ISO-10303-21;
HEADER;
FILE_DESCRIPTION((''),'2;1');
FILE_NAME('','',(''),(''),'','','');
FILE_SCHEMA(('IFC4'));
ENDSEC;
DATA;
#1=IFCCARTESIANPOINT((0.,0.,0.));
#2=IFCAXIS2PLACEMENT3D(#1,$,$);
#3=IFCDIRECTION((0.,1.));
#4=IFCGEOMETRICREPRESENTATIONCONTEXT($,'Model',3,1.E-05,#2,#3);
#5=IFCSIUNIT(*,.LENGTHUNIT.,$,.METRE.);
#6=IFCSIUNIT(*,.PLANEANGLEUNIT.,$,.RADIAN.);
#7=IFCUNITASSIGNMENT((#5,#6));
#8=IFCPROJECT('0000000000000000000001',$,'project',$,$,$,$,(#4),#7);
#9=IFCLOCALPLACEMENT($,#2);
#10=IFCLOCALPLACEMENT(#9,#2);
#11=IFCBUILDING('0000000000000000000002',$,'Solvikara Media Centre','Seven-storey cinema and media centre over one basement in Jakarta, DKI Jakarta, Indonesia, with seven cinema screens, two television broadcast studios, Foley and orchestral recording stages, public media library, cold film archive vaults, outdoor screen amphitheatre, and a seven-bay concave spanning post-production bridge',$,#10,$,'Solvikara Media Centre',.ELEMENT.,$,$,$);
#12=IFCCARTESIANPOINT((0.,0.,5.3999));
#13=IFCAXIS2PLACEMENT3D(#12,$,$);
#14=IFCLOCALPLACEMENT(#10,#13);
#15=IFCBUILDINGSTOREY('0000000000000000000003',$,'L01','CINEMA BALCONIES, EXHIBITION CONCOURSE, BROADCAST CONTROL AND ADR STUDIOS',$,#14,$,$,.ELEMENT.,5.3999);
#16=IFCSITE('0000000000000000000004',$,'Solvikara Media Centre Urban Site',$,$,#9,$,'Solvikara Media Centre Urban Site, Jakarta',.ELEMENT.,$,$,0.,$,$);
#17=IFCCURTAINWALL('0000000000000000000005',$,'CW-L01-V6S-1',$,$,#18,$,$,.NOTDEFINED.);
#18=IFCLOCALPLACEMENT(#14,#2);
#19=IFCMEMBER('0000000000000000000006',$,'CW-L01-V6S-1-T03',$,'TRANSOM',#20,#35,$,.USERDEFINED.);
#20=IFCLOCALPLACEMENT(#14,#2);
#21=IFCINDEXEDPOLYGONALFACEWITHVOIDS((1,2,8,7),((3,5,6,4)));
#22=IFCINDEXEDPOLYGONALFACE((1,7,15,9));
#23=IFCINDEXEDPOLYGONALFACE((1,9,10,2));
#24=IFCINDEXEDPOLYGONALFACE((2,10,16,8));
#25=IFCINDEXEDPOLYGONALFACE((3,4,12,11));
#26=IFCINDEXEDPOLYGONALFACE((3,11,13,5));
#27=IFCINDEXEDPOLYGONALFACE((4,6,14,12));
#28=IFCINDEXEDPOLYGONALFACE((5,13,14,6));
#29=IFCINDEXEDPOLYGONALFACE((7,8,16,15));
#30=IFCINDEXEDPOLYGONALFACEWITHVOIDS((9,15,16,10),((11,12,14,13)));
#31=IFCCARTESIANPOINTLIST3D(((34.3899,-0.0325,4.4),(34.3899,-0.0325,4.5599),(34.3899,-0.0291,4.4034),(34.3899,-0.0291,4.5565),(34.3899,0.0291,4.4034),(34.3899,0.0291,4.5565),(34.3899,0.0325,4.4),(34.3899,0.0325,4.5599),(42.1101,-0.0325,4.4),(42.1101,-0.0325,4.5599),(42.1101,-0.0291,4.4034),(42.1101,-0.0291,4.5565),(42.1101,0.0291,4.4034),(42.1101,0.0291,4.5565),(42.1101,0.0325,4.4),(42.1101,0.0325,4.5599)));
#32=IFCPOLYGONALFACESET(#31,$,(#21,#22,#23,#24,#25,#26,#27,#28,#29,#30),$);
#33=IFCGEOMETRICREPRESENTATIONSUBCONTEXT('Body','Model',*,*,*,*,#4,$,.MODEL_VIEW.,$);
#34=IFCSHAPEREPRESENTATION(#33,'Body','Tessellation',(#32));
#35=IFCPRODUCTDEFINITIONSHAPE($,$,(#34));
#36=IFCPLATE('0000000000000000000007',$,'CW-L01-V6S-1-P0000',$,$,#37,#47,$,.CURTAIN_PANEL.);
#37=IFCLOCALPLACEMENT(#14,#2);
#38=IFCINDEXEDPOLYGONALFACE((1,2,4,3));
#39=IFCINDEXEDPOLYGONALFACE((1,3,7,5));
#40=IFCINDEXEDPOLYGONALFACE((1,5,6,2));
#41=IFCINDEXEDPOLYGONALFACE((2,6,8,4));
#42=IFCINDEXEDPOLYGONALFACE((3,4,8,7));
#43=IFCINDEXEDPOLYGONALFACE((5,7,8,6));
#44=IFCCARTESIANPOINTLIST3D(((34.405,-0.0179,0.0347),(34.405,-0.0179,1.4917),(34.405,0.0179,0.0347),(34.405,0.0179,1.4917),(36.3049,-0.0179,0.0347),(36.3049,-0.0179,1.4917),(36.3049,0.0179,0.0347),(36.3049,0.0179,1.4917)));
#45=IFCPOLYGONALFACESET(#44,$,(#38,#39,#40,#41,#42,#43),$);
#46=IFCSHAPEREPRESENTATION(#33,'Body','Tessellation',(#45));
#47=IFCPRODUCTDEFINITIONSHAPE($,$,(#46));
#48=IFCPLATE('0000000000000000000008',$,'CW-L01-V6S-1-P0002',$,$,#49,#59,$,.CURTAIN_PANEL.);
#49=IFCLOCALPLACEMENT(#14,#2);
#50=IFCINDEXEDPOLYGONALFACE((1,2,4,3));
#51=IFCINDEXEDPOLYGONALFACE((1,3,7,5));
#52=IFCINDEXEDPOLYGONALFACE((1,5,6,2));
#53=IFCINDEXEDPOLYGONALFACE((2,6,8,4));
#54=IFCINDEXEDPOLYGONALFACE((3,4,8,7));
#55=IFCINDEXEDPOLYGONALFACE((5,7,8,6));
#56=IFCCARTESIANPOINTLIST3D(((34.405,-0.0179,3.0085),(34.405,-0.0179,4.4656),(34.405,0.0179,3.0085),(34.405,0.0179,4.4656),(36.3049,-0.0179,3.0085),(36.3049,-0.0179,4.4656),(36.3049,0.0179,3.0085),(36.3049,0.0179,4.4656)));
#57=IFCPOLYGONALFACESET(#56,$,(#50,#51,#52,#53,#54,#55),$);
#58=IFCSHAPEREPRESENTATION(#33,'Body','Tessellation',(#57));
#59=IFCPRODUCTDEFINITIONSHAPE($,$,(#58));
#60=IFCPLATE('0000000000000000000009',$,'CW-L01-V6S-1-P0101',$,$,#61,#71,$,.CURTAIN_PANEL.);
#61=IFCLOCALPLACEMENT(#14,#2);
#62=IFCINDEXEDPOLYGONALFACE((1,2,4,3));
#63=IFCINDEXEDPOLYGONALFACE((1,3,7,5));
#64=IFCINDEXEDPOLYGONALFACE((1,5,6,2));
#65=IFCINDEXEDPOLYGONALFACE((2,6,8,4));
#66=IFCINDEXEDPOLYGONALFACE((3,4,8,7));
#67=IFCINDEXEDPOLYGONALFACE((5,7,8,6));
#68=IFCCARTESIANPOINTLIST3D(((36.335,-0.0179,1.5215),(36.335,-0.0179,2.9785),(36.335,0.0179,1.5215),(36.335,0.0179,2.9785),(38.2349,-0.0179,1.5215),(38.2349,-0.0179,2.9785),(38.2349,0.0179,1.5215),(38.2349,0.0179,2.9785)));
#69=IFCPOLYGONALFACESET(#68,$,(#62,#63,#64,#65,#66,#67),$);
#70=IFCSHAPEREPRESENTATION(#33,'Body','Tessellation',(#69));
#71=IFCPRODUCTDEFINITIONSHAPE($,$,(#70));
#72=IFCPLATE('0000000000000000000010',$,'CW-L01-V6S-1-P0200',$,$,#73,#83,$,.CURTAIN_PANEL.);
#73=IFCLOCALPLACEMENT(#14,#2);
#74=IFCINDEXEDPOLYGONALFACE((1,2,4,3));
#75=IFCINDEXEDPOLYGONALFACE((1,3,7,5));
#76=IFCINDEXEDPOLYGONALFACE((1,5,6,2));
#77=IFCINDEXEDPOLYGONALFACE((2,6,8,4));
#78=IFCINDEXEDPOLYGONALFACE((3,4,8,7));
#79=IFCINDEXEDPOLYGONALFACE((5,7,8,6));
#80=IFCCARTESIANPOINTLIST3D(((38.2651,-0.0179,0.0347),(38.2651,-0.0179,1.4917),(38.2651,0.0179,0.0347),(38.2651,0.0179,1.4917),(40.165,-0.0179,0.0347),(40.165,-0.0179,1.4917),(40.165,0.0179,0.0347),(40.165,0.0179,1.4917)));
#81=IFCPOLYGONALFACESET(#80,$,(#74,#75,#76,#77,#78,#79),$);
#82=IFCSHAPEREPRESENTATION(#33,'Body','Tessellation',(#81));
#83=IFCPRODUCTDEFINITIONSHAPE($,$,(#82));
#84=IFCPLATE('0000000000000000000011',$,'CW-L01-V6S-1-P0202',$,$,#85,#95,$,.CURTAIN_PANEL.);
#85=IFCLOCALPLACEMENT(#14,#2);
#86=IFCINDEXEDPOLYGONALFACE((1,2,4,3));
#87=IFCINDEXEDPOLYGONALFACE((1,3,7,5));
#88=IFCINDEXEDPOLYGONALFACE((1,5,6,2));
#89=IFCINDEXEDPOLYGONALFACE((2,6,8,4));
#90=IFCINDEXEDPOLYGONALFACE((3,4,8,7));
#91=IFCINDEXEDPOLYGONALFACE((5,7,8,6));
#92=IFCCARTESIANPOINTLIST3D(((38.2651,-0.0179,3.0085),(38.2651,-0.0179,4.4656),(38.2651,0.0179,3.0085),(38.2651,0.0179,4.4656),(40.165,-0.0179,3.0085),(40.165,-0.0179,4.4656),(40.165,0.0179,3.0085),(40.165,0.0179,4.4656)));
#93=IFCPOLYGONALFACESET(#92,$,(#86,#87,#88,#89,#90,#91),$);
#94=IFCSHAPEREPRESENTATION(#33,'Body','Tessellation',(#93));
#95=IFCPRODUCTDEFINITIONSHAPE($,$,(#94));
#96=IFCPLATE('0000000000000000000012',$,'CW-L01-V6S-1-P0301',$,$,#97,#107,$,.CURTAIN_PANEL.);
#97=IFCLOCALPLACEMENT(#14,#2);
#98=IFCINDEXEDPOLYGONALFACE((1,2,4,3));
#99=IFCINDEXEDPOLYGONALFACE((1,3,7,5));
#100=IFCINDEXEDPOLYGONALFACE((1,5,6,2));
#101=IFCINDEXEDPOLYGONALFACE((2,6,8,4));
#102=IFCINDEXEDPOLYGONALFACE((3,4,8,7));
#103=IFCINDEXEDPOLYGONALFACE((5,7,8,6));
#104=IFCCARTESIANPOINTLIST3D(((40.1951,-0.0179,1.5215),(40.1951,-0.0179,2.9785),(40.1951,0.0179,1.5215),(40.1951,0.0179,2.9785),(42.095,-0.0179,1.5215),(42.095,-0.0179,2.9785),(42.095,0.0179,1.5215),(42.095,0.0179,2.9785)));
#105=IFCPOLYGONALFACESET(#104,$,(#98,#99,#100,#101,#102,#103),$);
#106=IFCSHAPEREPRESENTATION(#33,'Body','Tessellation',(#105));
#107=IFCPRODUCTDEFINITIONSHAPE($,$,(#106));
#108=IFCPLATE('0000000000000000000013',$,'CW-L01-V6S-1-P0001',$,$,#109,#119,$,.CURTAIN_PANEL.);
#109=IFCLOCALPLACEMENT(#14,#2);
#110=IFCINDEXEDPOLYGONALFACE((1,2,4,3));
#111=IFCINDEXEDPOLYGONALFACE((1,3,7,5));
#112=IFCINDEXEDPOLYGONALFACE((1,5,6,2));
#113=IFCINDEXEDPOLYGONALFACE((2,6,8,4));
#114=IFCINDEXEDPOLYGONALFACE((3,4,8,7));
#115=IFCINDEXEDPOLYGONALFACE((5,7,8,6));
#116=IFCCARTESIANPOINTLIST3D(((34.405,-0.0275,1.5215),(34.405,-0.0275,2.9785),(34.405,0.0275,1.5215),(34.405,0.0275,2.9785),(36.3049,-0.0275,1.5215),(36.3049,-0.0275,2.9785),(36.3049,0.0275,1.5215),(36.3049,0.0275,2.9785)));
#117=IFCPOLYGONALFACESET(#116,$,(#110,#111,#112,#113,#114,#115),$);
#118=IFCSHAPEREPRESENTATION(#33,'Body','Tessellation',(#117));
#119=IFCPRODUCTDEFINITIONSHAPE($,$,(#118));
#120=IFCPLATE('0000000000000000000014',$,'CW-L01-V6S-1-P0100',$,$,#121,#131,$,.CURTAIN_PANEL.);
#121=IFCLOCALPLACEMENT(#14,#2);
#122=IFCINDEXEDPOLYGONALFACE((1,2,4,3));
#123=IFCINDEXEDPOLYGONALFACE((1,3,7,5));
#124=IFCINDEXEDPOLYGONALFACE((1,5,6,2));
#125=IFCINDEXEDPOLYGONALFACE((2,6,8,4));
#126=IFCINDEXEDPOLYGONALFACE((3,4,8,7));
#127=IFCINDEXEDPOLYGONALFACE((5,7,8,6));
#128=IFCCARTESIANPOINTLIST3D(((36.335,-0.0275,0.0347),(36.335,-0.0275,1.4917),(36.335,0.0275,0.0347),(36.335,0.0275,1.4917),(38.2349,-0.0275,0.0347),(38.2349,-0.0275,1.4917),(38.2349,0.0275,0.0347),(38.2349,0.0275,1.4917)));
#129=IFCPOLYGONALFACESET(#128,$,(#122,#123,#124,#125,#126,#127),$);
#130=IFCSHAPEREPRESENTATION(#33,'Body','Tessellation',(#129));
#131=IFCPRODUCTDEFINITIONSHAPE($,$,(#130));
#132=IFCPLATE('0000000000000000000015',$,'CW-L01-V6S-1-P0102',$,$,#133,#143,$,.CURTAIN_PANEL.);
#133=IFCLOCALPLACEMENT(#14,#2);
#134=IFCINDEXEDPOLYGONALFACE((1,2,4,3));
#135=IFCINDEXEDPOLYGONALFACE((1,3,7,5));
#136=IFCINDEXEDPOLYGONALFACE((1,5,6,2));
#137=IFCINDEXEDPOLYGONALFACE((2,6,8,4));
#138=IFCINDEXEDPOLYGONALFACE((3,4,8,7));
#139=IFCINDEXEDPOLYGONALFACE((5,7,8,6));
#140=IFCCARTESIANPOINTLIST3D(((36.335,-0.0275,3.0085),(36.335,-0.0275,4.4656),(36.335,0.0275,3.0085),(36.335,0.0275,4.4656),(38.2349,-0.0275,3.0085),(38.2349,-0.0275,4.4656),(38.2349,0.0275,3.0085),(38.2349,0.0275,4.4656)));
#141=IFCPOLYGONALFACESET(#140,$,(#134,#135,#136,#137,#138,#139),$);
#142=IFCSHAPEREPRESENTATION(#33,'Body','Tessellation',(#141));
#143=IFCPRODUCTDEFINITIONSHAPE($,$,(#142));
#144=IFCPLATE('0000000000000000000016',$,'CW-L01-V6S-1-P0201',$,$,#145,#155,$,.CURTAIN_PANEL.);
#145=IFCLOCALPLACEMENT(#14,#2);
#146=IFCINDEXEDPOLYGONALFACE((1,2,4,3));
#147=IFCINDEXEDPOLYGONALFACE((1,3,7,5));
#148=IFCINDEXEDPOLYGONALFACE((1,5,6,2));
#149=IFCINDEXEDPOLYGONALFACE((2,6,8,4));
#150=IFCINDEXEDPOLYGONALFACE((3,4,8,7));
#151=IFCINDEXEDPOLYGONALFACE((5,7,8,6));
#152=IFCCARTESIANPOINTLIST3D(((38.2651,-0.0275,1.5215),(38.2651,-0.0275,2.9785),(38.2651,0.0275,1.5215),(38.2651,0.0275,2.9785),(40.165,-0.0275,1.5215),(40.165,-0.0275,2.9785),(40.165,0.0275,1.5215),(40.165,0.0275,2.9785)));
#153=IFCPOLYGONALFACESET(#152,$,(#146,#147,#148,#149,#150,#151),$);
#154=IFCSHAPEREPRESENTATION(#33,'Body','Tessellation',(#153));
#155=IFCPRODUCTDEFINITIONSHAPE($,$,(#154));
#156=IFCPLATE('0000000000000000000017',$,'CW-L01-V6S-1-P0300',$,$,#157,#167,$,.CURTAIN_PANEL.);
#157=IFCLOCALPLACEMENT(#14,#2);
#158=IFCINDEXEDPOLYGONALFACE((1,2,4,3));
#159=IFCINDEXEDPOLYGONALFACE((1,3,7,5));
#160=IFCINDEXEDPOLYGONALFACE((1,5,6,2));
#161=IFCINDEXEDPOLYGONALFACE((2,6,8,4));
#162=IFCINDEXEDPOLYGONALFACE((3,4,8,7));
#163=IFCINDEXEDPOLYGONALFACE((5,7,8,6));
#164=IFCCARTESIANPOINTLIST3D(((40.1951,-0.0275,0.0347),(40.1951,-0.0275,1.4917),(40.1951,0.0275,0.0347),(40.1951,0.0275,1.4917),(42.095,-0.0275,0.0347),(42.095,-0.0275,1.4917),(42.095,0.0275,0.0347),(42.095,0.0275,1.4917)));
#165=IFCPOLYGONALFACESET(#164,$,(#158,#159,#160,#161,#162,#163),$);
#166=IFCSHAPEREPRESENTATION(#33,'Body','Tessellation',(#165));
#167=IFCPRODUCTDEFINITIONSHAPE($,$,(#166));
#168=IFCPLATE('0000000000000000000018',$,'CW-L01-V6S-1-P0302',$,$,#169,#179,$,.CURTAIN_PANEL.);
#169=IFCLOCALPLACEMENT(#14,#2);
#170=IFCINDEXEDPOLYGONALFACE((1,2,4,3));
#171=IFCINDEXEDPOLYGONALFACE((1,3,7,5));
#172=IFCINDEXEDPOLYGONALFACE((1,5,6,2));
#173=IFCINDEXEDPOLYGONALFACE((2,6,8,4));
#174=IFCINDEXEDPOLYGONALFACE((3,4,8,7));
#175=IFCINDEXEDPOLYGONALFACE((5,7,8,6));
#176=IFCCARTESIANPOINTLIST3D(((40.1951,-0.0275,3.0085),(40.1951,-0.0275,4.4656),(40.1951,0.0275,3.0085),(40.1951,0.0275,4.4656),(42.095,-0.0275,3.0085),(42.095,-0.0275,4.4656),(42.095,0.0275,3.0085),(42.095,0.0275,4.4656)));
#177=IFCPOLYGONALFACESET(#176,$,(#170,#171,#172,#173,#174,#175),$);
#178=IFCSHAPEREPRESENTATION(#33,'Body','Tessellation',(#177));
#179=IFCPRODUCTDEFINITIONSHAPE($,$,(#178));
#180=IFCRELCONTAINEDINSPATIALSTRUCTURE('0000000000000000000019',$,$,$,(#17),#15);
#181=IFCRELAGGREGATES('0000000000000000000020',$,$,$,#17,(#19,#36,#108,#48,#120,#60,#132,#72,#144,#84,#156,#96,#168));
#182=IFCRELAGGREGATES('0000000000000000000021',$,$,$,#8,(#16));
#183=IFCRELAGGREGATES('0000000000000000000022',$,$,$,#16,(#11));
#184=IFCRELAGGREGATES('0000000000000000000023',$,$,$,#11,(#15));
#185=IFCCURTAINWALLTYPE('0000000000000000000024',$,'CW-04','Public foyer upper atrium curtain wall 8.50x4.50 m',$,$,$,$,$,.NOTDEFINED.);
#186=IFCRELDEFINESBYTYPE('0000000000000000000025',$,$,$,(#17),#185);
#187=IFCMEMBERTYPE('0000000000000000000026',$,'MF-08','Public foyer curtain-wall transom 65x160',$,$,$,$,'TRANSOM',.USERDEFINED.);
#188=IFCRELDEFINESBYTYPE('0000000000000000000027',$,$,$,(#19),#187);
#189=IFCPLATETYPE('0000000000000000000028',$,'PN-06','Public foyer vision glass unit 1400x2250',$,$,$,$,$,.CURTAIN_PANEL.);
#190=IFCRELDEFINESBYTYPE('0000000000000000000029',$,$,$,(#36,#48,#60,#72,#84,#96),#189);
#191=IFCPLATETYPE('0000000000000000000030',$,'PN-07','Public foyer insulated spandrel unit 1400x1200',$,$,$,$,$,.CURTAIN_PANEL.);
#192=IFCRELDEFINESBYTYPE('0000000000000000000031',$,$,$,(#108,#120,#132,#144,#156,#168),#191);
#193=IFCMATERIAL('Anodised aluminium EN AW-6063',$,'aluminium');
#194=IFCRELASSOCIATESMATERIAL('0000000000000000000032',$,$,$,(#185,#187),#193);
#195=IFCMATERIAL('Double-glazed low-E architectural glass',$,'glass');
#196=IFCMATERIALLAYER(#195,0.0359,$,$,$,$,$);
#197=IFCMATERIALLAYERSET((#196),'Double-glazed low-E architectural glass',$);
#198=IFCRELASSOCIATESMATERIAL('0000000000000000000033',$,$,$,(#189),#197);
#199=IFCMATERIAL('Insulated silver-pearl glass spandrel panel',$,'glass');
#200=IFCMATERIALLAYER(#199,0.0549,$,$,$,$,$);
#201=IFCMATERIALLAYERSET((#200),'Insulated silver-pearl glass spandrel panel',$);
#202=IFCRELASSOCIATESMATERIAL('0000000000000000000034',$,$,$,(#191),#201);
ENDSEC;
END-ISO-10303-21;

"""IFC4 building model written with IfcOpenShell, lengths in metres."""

from ifc_helpers import new_model, si_unit, direction, frame, origin, origin_2d, place, context, subcontext, project, spatial, rectangle, hollow_rectangle, extrude, material, layer, layer_set, material_profile, profile_set, type_object, element, aggregate, save


model = new_model("IFC4")

# Units and contexts
model_context = context("Model", 3, precision=1e-05, world=origin(), true_north=direction((0.0, 1.0)))
body_context = subcontext(model_context, "Body", "Model", "MODEL_VIEW")
ifc_project = project(units=[si_unit("LENGTHUNIT", "METRE"), si_unit("PLANEANGLEUNIT", "RADIAN")], contexts=[model_context])

# Site, building, storey
site_placement = place(None, origin())
site = spatial("IfcSite", under=ifc_project, at=site_placement, Name="Solvikara Media Centre Urban Site", LongName="Solvikara Media Centre Urban Site, Jakarta", CompositionType="ELEMENT", RefElevation=0.0)
building_placement = place(site_placement, origin())
building = spatial("IfcBuilding", under=site, at=building_placement, Name="Solvikara Media Centre", Description="Seven-storey cinema and media centre over one basement in Jakarta, DKI Jakarta, Indonesia, with seven cinema screens, two television broadcast studios, Foley and orchestral recording stages, public media library, cold film archive vaults, outdoor screen amphitheatre, and a seven-bay concave spanning post-production bridge", LongName="Solvikara Media Centre", CompositionType="ELEMENT")
storey_placement = place(building_placement, frame((0.0, 0.0, 5.3999)))
storey = spatial("IfcBuildingStorey", under=building, at=storey_placement, Name="L01", Description="CINEMA BALCONIES, EXHIBITION CONCOURSE, BROADCAST CONTROL AND ADR STUDIOS", CompositionType="ELEMENT", Elevation=5.3999)

# Curtain wall, member, plates
ifc_material_1 = material(Name="Anodised aluminium EN AW-6063", Category="aluminium")
curtain_wall_type = type_object("IfcCurtainWallType", Name="CW-04", Description="Public foyer upper atrium curtain wall 8.50x4.50 m", PredefinedType="NOTDEFINED", material=ifc_material_1)
curtain_wall_placement = place(storey_placement, origin())
curtain_wall = element("IfcCurtainWall", 1, at=curtain_wall_placement, inside=storey, type_object=curtain_wall_type, Name="CW-L01-V6S-1", PredefinedType="NOTDEFINED")
ifc_material_profile_1 = material_profile(ifc_material_1, hollow_rectangle(XDim=0.0649, YDim=0.1599, WallThickness=0.0034, at=origin_2d()), Name="ALU-T 65x160x3.5")
ifc_profile_set_1 = profile_set([ifc_material_profile_1], Name="Anodised aluminium EN AW-6063")
member_type_1 = type_object("IfcMemberType", Name="MF-08", Description="Public foyer curtain-wall transom 65x160", ElementType="TRANSOM", PredefinedType="USERDEFINED", material=ifc_profile_set_1)
member_1_placement = place(storey_placement, frame((34.3899, 0.0, 4.48), z_axis=(1.0, 0.0, 0.0), x_axis=(0.0, 1.0, 0.0)))
member_1 = element("IfcMember", 2, at=member_1_placement, type_object=member_type_1, Name="CW-L01-V6S-1-T03", ObjectType="TRANSOM", PredefinedType="USERDEFINED", context=body_context, shape_type="SweptSolid", body=[
    extrude(hollow_rectangle(XDim=0.0649, YDim=0.1599, WallThickness=0.0034, at=origin_2d()), origin(), (0.0, 0.0, 1.0), 7.7202),
])
ifc_material_2 = material(Name="Double-glazed low-E architectural glass", Category="glass")
ifc_layer_1 = layer(ifc_material_2, 0.0359)
ifc_layer_set_1 = layer_set([ifc_layer_1], Name="Double-glazed low-E architectural glass")
plate_type_1 = type_object("IfcPlateType", Name="PN-06", Description="Public foyer vision glass unit 1400x2250", PredefinedType="CURTAIN_PANEL", material=ifc_layer_set_1)
plate_1_placement = place(storey_placement, frame((35.355, 0.0, 0.0347), z_axis=(0.0, 0.0, 1.0), x_axis=(1.0, 0.0, 0.0)))
plate_1 = element("IfcPlate", 3, at=plate_1_placement, type_object=plate_type_1, Name="CW-L01-V6S-1-P0000", PredefinedType="CURTAIN_PANEL", context=body_context, shape_type="SweptSolid", body=[
    extrude(rectangle(XDim=1.8999, YDim=0.0359, at=origin_2d()), origin(), (0.0, 0.0, 1.0), 1.457),
])
plate_2_placement = place(storey_placement, frame((35.355, 0.0, 3.0085), z_axis=(0.0, 0.0, 1.0), x_axis=(1.0, 0.0, 0.0)))
plate_2 = element("IfcPlate", 4, at=plate_2_placement, type_object=plate_type_1, Name="CW-L01-V6S-1-P0002", PredefinedType="CURTAIN_PANEL", context=body_context, shape_type="SweptSolid", body=[
    extrude(rectangle(XDim=1.8999, YDim=0.0359, at=origin_2d()), origin(), (0.0, 0.0, 1.0), 1.457),
])
plate_3_placement = place(storey_placement, frame((37.2849, 0.0, 1.5215), z_axis=(0.0, 0.0, 1.0), x_axis=(1.0, 0.0, 0.0)))
plate_3 = element("IfcPlate", 5, at=plate_3_placement, type_object=plate_type_1, Name="CW-L01-V6S-1-P0101", PredefinedType="CURTAIN_PANEL", context=body_context, shape_type="SweptSolid", body=[
    extrude(rectangle(XDim=1.8999, YDim=0.0359, at=origin_2d()), origin(), (0.0, 0.0, 1.0), 1.457),
])
plate_4_placement = place(storey_placement, frame((39.2151, 0.0, 0.0347), z_axis=(0.0, 0.0, 1.0), x_axis=(1.0, 0.0, 0.0)))
plate_4 = element("IfcPlate", 6, at=plate_4_placement, type_object=plate_type_1, Name="CW-L01-V6S-1-P0200", PredefinedType="CURTAIN_PANEL", context=body_context, shape_type="SweptSolid", body=[
    extrude(rectangle(XDim=1.8999, YDim=0.0359, at=origin_2d()), origin(), (0.0, 0.0, 1.0), 1.457),
])
plate_5_placement = place(storey_placement, frame((39.2151, 0.0, 3.0085), z_axis=(0.0, 0.0, 1.0), x_axis=(1.0, 0.0, 0.0)))
plate_5 = element("IfcPlate", 7, at=plate_5_placement, type_object=plate_type_1, Name="CW-L01-V6S-1-P0202", PredefinedType="CURTAIN_PANEL", context=body_context, shape_type="SweptSolid", body=[
    extrude(rectangle(XDim=1.8999, YDim=0.0359, at=origin_2d()), origin(), (0.0, 0.0, 1.0), 1.457),
])
plate_6_placement = place(storey_placement, frame((41.145, 0.0, 1.5215), z_axis=(0.0, 0.0, 1.0), x_axis=(1.0, 0.0, 0.0)))
plate_6 = element("IfcPlate", 8, at=plate_6_placement, type_object=plate_type_1, Name="CW-L01-V6S-1-P0301", PredefinedType="CURTAIN_PANEL", context=body_context, shape_type="SweptSolid", body=[
    extrude(rectangle(XDim=1.8999, YDim=0.0359, at=origin_2d()), origin(), (0.0, 0.0, 1.0), 1.457),
])
ifc_material_3 = material(Name="Insulated silver-pearl glass spandrel panel", Category="glass")
ifc_layer_2 = layer(ifc_material_3, 0.0549)
ifc_layer_set_2 = layer_set([ifc_layer_2], Name="Insulated silver-pearl glass spandrel panel")
plate_type_2 = type_object("IfcPlateType", Name="PN-07", Description="Public foyer insulated spandrel unit 1400x1200", PredefinedType="CURTAIN_PANEL", material=ifc_layer_set_2)
plate_7_placement = place(storey_placement, frame((35.355, 0.0, 1.5215), z_axis=(0.0, 0.0, 1.0), x_axis=(1.0, 0.0, 0.0)))
plate_7 = element("IfcPlate", 9, at=plate_7_placement, type_object=plate_type_2, Name="CW-L01-V6S-1-P0001", PredefinedType="CURTAIN_PANEL", context=body_context, shape_type="SweptSolid", body=[
    extrude(rectangle(XDim=1.8999, YDim=0.0549, at=origin_2d()), origin(), (0.0, 0.0, 1.0), 1.457),
])
plate_8_placement = place(storey_placement, frame((37.2849, 0.0, 0.0347), z_axis=(0.0, 0.0, 1.0), x_axis=(1.0, 0.0, 0.0)))
plate_8 = element("IfcPlate", 10, at=plate_8_placement, type_object=plate_type_2, Name="CW-L01-V6S-1-P0100", PredefinedType="CURTAIN_PANEL", context=body_context, shape_type="SweptSolid", body=[
    extrude(rectangle(XDim=1.8999, YDim=0.0549, at=origin_2d()), origin(), (0.0, 0.0, 1.0), 1.457),
])
plate_9_placement = place(storey_placement, frame((37.2849, 0.0, 3.0085), z_axis=(0.0, 0.0, 1.0), x_axis=(1.0, 0.0, 0.0)))
plate_9 = element("IfcPlate", 11, at=plate_9_placement, type_object=plate_type_2, Name="CW-L01-V6S-1-P0102", PredefinedType="CURTAIN_PANEL", context=body_context, shape_type="SweptSolid", body=[
    extrude(rectangle(XDim=1.8999, YDim=0.0549, at=origin_2d()), origin(), (0.0, 0.0, 1.0), 1.457),
])
plate_10_placement = place(storey_placement, frame((39.2151, 0.0, 1.5215), z_axis=(0.0, 0.0, 1.0), x_axis=(1.0, 0.0, 0.0)))
plate_10 = element("IfcPlate", 12, at=plate_10_placement, type_object=plate_type_2, Name="CW-L01-V6S-1-P0201", PredefinedType="CURTAIN_PANEL", context=body_context, shape_type="SweptSolid", body=[
    extrude(rectangle(XDim=1.8999, YDim=0.0549, at=origin_2d()), origin(), (0.0, 0.0, 1.0), 1.457),
])
plate_11_placement = place(storey_placement, frame((41.145, 0.0, 0.0347), z_axis=(0.0, 0.0, 1.0), x_axis=(1.0, 0.0, 0.0)))
plate_11 = element("IfcPlate", 13, at=plate_11_placement, type_object=plate_type_2, Name="CW-L01-V6S-1-P0300", PredefinedType="CURTAIN_PANEL", context=body_context, shape_type="SweptSolid", body=[
    extrude(rectangle(XDim=1.8999, YDim=0.0549, at=origin_2d()), origin(), (0.0, 0.0, 1.0), 1.457),
])
plate_12_placement = place(storey_placement, frame((41.145, 0.0, 3.0085), z_axis=(0.0, 0.0, 1.0), x_axis=(1.0, 0.0, 0.0)))
plate_12 = element("IfcPlate", 14, at=plate_12_placement, type_object=plate_type_2, Name="CW-L01-V6S-1-P0302", PredefinedType="CURTAIN_PANEL", context=body_context, shape_type="SweptSolid", body=[
    extrude(rectangle(XDim=1.8999, YDim=0.0549, at=origin_2d()), origin(), (0.0, 0.0, 1.0), 1.457),
])
aggregate(curtain_wall, [member_1, plate_1, plate_7, plate_2, plate_8, plate_3, plate_9, plate_4, plate_10, plate_5, plate_11, plate_6, plate_12])

save(model, "model.ifc")
